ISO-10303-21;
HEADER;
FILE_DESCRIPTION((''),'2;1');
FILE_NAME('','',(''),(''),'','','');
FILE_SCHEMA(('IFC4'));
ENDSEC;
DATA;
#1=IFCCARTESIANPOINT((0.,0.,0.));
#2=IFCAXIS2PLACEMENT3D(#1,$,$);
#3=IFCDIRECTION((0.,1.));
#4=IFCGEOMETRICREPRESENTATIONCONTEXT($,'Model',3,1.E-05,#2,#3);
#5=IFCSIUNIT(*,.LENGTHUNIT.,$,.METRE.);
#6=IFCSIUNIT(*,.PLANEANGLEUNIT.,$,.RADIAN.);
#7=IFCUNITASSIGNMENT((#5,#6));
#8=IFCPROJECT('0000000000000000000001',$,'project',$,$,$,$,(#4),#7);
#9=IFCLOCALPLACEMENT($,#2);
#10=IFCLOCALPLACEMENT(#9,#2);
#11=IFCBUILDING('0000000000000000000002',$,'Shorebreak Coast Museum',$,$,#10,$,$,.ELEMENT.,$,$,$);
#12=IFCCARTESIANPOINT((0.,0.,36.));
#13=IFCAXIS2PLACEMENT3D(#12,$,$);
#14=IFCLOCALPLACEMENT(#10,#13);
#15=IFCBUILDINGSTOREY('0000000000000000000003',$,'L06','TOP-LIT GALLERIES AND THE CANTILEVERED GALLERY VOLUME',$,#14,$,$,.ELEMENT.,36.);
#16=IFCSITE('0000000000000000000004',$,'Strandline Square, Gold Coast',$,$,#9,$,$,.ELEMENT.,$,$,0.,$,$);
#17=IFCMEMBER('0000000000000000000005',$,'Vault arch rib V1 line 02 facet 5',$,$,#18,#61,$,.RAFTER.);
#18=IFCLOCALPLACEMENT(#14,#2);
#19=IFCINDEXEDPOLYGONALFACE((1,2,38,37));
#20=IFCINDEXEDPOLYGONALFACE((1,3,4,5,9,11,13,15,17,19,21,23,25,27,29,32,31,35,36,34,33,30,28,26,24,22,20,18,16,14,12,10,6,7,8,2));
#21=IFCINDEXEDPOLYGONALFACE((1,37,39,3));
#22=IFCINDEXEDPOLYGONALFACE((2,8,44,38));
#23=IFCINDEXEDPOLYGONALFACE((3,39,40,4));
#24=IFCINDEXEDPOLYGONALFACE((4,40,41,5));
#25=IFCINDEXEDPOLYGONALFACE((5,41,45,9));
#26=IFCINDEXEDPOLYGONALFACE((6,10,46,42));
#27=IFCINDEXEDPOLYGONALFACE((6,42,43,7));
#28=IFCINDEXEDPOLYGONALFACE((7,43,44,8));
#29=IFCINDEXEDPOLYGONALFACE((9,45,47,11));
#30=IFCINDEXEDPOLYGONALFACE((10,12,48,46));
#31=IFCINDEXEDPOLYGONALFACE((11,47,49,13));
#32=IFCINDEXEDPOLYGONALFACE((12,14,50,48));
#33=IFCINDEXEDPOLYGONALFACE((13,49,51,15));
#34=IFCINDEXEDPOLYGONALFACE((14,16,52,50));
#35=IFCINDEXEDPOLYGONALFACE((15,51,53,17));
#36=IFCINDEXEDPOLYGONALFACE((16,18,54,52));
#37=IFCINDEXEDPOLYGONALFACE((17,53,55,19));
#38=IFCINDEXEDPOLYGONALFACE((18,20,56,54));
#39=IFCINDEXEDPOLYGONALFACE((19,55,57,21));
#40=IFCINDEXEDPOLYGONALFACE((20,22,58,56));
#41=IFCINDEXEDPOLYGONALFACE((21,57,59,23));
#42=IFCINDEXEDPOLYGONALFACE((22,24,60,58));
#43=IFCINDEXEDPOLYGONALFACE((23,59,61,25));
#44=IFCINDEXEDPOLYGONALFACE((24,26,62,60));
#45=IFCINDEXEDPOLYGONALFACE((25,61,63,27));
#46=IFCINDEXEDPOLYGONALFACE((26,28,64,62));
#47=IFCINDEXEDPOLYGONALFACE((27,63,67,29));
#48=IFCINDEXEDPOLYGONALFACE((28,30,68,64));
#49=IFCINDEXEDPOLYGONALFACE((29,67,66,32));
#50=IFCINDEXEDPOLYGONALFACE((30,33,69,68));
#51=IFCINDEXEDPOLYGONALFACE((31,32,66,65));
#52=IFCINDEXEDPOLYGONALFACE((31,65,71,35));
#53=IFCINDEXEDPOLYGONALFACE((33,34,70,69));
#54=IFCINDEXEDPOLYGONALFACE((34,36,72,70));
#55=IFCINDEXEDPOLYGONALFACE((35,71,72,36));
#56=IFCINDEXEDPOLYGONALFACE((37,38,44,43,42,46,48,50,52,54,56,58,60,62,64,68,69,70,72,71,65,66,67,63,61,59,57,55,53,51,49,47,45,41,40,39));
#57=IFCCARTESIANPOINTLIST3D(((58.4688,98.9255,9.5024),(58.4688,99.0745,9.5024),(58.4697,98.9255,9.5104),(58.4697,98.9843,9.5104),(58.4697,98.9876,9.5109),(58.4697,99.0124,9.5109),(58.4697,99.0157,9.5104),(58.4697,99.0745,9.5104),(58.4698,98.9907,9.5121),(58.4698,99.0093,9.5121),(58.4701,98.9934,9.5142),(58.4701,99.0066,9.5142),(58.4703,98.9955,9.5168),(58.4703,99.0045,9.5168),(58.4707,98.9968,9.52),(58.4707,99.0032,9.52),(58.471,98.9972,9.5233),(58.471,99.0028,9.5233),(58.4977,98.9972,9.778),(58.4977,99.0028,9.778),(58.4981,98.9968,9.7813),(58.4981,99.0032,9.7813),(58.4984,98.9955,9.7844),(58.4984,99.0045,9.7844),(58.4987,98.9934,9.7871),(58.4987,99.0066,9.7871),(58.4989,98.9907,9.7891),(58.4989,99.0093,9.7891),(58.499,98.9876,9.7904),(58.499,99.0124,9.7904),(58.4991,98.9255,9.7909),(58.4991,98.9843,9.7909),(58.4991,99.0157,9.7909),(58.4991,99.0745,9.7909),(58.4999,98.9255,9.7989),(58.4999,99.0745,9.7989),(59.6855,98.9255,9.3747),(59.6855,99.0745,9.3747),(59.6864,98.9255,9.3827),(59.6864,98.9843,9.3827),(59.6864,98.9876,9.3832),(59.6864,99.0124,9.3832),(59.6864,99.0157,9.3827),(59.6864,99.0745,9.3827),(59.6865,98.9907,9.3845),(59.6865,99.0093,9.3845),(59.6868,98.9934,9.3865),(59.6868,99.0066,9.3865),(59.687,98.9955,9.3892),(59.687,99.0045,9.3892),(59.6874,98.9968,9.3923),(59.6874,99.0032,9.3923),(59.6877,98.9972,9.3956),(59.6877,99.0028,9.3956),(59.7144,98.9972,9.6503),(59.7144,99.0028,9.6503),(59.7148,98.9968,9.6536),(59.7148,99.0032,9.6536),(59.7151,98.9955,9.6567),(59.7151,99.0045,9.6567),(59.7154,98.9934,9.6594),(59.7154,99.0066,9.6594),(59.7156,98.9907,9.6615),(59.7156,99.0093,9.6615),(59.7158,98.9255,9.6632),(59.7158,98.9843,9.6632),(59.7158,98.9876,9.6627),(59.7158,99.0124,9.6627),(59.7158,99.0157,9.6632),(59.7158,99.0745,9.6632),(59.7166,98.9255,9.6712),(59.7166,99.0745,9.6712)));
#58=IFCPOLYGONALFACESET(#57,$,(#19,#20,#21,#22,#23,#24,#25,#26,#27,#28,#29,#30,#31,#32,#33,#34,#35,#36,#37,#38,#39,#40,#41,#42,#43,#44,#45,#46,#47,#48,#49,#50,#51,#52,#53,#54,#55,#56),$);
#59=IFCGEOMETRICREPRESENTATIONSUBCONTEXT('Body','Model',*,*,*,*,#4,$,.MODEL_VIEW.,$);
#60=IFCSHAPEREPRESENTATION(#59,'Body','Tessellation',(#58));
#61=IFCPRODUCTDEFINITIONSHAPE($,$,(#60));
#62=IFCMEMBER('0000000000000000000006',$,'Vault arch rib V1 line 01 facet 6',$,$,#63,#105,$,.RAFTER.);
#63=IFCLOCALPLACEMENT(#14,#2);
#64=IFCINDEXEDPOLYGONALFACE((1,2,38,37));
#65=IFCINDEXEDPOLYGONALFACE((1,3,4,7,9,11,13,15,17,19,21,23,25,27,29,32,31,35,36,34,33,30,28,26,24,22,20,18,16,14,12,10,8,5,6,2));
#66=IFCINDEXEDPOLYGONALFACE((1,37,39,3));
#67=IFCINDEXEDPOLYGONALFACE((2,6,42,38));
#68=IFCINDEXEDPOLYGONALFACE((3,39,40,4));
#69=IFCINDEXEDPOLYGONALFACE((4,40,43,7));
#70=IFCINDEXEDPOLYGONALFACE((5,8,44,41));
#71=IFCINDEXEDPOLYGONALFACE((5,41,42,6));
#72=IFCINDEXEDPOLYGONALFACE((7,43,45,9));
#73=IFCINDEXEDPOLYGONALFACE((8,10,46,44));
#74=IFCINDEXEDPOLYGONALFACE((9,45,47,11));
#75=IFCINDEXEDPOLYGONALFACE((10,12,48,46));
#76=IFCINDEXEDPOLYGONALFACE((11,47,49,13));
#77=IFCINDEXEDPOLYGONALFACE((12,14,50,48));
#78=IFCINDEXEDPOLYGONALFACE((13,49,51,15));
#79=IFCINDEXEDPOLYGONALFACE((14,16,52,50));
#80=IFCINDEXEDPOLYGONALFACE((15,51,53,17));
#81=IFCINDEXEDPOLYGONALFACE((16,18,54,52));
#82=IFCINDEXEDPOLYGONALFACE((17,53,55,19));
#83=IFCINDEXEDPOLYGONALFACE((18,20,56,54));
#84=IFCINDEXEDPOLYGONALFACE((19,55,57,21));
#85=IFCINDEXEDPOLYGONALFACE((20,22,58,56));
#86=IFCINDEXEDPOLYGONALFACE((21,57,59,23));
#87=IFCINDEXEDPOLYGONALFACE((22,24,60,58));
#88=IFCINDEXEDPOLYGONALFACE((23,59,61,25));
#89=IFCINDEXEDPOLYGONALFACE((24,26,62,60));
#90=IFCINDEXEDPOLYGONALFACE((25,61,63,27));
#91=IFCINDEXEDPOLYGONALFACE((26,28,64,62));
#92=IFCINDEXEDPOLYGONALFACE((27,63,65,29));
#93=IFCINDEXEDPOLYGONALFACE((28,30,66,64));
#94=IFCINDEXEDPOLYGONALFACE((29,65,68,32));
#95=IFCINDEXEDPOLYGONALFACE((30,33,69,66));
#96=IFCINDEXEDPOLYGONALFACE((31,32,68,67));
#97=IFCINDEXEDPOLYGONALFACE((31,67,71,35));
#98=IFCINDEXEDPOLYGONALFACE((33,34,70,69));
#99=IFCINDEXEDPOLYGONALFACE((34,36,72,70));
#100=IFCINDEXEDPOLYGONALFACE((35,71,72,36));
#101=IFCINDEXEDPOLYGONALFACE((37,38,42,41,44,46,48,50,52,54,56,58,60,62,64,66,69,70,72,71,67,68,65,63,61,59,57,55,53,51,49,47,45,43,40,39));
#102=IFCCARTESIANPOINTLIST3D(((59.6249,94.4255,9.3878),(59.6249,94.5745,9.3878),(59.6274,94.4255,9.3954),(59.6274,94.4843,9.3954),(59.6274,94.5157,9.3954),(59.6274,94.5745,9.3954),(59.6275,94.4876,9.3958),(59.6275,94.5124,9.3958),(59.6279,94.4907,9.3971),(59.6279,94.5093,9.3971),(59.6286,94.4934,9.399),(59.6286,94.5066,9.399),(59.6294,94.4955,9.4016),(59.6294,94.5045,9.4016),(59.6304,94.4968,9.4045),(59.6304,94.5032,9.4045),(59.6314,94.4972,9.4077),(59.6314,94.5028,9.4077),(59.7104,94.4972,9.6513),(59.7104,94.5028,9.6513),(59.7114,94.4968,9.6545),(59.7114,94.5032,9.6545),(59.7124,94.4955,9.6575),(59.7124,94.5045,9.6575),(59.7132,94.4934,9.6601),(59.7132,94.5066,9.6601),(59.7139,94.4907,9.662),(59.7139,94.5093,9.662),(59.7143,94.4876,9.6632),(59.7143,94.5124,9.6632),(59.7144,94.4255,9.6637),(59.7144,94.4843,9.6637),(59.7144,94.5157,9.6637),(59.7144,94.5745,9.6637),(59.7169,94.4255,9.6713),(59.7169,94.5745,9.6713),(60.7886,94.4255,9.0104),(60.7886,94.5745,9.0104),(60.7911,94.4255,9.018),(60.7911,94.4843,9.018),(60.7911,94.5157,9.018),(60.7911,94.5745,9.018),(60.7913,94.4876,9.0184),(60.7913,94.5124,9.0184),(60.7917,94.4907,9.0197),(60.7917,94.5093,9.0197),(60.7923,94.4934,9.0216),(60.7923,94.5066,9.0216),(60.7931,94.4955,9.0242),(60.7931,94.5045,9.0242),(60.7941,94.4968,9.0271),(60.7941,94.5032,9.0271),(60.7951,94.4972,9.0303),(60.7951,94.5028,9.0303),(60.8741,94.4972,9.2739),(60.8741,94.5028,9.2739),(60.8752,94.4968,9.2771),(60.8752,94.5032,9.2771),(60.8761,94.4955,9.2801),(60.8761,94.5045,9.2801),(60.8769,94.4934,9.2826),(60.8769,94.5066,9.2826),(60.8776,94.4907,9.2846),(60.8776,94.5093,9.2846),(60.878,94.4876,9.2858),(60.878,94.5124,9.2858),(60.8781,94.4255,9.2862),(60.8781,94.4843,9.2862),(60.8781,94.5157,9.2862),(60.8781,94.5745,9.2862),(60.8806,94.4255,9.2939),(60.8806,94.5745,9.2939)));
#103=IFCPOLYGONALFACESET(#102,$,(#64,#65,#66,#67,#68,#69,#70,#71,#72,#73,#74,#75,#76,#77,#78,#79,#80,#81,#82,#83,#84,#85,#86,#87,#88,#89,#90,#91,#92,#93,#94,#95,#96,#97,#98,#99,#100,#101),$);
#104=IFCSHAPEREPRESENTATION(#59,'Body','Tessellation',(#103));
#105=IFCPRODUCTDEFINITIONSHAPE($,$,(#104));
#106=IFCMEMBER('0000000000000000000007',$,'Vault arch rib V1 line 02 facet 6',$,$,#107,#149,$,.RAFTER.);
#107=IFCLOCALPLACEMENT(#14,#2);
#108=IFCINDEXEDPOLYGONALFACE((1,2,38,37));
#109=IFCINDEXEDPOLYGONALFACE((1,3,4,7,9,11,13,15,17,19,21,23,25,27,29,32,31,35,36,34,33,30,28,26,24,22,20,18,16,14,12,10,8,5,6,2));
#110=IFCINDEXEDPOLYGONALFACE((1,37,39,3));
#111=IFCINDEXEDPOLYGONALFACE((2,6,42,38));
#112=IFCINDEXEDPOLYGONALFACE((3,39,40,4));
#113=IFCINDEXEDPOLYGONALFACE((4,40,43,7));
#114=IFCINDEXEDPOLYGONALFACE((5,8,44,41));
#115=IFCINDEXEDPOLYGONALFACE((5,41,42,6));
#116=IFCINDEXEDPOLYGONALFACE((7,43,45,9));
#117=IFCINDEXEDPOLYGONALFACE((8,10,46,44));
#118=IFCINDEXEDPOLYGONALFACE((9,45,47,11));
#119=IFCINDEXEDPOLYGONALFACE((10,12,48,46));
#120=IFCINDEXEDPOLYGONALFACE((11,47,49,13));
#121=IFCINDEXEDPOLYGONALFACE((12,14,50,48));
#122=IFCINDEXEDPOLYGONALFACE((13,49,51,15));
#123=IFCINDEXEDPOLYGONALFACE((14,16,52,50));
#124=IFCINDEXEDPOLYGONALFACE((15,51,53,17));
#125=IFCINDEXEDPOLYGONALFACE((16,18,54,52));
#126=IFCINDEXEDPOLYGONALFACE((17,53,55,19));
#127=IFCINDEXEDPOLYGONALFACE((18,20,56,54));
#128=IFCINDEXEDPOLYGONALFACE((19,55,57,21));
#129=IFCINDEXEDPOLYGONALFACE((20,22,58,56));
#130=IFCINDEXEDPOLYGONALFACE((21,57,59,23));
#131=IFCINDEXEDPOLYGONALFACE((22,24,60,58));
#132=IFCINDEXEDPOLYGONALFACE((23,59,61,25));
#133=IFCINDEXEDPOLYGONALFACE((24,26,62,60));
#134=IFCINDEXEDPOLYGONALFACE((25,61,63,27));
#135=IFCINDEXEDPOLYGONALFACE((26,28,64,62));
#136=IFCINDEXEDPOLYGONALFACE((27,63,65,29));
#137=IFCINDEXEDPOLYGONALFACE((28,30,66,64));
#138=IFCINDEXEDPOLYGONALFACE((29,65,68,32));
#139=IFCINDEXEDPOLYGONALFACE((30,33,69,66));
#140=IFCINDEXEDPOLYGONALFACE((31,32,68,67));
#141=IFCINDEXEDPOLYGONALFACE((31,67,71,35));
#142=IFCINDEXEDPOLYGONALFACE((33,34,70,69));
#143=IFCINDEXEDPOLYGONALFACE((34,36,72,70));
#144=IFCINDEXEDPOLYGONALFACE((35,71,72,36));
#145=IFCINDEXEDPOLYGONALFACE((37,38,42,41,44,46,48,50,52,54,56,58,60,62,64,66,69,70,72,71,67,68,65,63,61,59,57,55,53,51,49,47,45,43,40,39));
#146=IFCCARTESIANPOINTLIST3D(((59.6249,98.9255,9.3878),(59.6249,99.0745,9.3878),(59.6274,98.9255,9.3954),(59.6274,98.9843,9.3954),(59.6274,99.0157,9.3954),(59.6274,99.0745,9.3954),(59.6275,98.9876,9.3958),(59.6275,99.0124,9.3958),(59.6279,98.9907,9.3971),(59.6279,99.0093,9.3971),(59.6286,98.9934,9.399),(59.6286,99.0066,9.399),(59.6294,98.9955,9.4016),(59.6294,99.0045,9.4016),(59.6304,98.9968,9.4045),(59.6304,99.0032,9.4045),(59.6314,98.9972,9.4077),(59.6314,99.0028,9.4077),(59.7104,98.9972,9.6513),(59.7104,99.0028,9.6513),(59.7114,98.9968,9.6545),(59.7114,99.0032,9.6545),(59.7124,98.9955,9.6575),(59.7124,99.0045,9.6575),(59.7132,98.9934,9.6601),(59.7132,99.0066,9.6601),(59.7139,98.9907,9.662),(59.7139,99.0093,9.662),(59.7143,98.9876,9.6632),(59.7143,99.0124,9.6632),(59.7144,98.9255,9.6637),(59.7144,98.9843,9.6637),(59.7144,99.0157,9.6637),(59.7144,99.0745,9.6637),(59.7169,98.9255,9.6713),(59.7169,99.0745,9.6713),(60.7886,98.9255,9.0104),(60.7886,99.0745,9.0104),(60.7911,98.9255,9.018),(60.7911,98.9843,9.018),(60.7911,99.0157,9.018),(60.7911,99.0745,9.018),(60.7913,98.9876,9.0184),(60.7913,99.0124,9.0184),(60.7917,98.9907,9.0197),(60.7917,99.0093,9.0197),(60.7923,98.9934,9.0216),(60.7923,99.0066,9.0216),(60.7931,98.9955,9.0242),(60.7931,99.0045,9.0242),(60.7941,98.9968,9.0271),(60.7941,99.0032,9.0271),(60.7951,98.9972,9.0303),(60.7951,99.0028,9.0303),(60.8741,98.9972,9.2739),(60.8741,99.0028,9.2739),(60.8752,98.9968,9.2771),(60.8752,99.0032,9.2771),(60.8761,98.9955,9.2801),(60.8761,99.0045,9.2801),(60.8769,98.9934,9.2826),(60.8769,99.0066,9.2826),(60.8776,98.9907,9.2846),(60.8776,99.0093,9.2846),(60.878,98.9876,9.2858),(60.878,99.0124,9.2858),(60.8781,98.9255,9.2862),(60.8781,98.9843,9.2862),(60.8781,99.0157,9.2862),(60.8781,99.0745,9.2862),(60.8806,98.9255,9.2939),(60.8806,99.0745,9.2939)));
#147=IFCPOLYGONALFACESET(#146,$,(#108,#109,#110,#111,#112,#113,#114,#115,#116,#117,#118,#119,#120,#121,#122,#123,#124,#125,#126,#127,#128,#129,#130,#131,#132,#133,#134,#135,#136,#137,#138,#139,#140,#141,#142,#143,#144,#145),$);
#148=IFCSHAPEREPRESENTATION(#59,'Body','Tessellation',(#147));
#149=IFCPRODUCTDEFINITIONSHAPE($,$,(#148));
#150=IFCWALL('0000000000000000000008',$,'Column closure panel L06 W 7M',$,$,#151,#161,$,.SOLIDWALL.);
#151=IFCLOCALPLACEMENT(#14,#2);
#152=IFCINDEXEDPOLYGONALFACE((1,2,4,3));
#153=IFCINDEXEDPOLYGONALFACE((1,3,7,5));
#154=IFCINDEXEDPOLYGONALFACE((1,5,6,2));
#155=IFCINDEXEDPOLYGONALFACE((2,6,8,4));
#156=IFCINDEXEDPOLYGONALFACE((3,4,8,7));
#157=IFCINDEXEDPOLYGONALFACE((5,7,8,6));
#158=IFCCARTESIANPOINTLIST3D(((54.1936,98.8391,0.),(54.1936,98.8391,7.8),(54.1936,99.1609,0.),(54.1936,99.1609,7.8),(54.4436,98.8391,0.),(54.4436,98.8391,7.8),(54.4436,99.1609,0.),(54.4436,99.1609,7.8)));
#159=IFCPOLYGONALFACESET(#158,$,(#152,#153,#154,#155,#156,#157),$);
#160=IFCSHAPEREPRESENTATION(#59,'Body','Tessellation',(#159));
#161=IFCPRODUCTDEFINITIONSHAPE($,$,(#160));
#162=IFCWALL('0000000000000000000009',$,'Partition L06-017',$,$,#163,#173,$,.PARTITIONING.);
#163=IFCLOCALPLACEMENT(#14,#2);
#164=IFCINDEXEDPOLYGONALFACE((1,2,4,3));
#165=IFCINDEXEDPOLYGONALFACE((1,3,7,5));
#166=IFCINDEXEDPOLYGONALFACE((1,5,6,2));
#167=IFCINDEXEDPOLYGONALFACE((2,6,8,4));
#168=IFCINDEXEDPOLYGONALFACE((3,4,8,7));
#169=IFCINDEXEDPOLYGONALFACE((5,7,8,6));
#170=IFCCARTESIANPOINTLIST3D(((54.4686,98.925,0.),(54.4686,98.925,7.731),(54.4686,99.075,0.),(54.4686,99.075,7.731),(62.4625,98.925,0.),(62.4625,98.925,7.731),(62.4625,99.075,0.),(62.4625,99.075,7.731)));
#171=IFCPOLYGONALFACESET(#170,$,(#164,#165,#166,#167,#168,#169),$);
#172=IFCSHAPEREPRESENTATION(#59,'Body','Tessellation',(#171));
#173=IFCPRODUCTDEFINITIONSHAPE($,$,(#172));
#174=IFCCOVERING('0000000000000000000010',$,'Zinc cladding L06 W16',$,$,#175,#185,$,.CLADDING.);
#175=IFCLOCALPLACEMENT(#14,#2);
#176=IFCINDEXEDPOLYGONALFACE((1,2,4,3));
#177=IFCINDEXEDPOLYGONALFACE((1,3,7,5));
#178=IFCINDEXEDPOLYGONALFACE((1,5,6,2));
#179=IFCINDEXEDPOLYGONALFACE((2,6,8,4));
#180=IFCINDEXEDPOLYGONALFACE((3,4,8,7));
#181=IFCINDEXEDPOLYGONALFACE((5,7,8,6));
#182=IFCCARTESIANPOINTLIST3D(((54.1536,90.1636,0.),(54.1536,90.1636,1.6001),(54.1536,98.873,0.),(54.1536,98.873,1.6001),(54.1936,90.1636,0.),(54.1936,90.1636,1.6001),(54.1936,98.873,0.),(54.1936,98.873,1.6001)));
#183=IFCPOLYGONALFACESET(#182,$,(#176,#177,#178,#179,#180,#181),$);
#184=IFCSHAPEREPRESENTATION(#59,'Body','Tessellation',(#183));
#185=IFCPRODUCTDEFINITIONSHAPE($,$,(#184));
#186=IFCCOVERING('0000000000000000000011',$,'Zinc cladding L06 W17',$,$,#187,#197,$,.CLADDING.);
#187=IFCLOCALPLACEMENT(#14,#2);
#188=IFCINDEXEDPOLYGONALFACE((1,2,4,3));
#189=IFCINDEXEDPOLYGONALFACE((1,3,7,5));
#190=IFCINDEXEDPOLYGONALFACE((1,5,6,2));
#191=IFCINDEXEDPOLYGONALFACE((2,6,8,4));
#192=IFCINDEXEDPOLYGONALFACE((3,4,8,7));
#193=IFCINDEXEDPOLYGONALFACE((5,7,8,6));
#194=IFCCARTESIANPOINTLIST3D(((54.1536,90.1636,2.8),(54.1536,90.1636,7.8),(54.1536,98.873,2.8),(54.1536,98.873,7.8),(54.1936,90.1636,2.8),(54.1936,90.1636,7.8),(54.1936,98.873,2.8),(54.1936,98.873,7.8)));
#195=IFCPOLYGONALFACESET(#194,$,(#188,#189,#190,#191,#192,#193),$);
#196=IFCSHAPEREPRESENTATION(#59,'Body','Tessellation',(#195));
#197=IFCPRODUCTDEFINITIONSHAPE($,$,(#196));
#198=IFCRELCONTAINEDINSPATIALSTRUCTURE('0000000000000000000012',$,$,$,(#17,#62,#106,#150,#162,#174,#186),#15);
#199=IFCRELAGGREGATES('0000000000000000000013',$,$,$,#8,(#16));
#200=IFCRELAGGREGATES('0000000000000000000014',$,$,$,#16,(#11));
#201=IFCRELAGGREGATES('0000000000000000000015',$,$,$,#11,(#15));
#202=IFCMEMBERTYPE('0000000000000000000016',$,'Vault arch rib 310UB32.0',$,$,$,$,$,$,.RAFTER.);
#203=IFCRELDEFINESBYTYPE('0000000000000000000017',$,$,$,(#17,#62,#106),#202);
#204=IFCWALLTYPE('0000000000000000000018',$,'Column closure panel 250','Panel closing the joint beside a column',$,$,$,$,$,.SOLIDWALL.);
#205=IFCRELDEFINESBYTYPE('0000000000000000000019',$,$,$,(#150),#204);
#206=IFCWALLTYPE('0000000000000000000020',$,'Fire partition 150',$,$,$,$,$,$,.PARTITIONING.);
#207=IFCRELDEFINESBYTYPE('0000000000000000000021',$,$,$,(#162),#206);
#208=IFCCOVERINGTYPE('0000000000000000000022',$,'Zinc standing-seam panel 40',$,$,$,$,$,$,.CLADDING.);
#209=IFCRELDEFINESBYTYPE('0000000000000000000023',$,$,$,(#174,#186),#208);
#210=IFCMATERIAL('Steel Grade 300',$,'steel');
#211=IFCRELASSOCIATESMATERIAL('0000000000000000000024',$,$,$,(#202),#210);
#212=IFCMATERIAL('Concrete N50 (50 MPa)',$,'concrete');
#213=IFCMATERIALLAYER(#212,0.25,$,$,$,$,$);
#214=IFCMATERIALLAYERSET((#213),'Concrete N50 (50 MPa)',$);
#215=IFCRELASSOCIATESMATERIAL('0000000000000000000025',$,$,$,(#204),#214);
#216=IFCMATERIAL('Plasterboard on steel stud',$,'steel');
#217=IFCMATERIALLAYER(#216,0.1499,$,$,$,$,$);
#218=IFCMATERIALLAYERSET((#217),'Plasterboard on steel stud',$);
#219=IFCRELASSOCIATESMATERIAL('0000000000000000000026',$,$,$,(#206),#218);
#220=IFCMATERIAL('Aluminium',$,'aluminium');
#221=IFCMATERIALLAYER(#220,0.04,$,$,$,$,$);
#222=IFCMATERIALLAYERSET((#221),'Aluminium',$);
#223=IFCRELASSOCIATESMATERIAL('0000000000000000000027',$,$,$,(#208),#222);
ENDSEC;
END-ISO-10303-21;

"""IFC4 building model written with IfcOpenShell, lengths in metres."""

from ifc_helpers import new_model, si_unit, direction, frame, frame_2d, origin, origin_2d, place, context, subcontext, project, spatial, rectangle, i_section, extrude, material, layer, layer_set, material_profile, profile_set, type_object, element, save


model = new_model("IFC4")

# Units and contexts
model_context = context("Model", 3, precision=1e-05, world=origin(), true_north=direction((0.0, 1.0)))
body_context = subcontext(model_context, "Body", "Model", "MODEL_VIEW")
ifc_project = project(units=[si_unit("LENGTHUNIT", "METRE"), si_unit("PLANEANGLEUNIT", "RADIAN")], contexts=[model_context])

# Site, building, storey
site_placement = place(None, origin())
site = spatial("IfcSite", under=ifc_project, at=site_placement, Name="Strandline Square, Gold Coast", CompositionType="ELEMENT", RefElevation=0.0)
building_placement = place(site_placement, origin())
building = spatial("IfcBuilding", under=site, at=building_placement, Name="Shorebreak Coast Museum", CompositionType="ELEMENT")
storey_placement = place(building_placement, frame((0.0, 0.0, 36.0)))
storey = spatial("IfcBuildingStorey", under=building, at=storey_placement, Name="L06", Description="TOP-LIT GALLERIES AND THE CANTILEVERED GALLERY VOLUME", CompositionType="ELEMENT", Elevation=36.0)

# Members
ifc_material_1 = material(Name="Steel Grade 300", Category="steel")
ifc_material_profile_1 = material_profile(ifc_material_1, i_section(OverallWidth=0.1489, OverallDepth=0.2981, WebThickness=0.0056, FlangeThickness=0.0081, FilletRadius=0.0129, at=origin_2d()), Name="310UB32.0")
ifc_profile_set_1 = profile_set([ifc_material_profile_1], Name="Steel Grade 300")
member_type_1 = type_object("IfcMemberType", Name="Vault arch rib 310UB32.0", PredefinedType="RAFTER", material=ifc_profile_set_1)
for number, where, z_axis, x_axis, name in (
    (1, (58.4844, 99.0, 9.6506), (0.994539, 0.0, -0.104363), (0.0, 1.0, 0.0), "Vault arch rib V1 line 02 facet 5"),
    (2, (59.6709, 94.5, 9.5295), (0.951226, 0.0, -0.308495), (0.0, 1.0, 0.0), "Vault arch rib V1 line 01 facet 6"),
    (3, (59.6709, 99.0, 9.5295), (0.951226, 0.0, -0.308495), (0.0, 1.0, 0.0), "Vault arch rib V1 line 02 facet 6"),
):
    element("IfcMember", number, at=place(storey_placement, frame(where, z_axis=z_axis, x_axis=x_axis)), inside=storey, type_object=member_type_1, Name=name, PredefinedType="RAFTER", context=body_context, shape_type="SweptSolid", body=[
        extrude(i_section(OverallWidth=0.1489, OverallDepth=0.2981, WebThickness=0.0056, FlangeThickness=0.0081, FilletRadius=0.0129, at=origin_2d()), origin(), (0.0, 0.0, 1.0), 1.2234),
    ])

# Walls
ifc_material_2 = material(Name="Concrete N50 (50 MPa)", Category="concrete")
ifc_layer_1 = layer(ifc_material_2, 0.25)
ifc_layer_set_1 = layer_set([ifc_layer_1], Name="Concrete N50 (50 MPa)")
wall_type_1 = type_object("IfcWallType", Name="Column closure panel 250", Description="Panel closing the joint beside a column", PredefinedType="SOLIDWALL", material=ifc_layer_set_1)
wall_1_placement = place(storey_placement, frame((54.3186, 98.8391, 0.0), z_axis=(0.0, 0.0, 1.0), x_axis=(0.0, 1.0, 0.0)))
element("IfcWall", 4, at=wall_1_placement, inside=storey, type_object=wall_type_1, Name="Column closure panel L06 W 7M", PredefinedType="SOLIDWALL", context=body_context, shape_type="SweptSolid", body=[
    extrude(rectangle(XDim=0.3218, YDim=0.25, at=frame_2d((0.1609, 0.0))), origin(), (0.0, 0.0, 1.0), 7.8),
])
ifc_material_3 = material(Name="Plasterboard on steel stud", Category="steel")
ifc_layer_2 = layer(ifc_material_3, 0.1499)
ifc_layer_set_2 = layer_set([ifc_layer_2], Name="Plasterboard on steel stud")
wall_type_2 = type_object("IfcWallType", Name="Fire partition 150", PredefinedType="PARTITIONING", material=ifc_layer_set_2)
wall_2_placement = place(storey_placement, frame((54.4685, 99.0, 0.0), z_axis=(0.0, 0.0, 1.0), x_axis=(1.0, 0.0, 0.0)))
element("IfcWall", 5, at=wall_2_placement, inside=storey, type_object=wall_type_2, Name="Partition L06-017", PredefinedType="PARTITIONING", context=body_context, shape_type="SweptSolid", body=[
    extrude(rectangle(XDim=7.9939, YDim=0.1499, at=frame_2d((3.9971, 0.0))), origin(), (0.0, 0.0, 1.0), 7.731),
])

# Coverings
ifc_material_4 = material(Name="Aluminium", Category="aluminium")
ifc_layer_3 = layer(ifc_material_4, 0.04)
ifc_layer_set_3 = layer_set([ifc_layer_3], Name="Aluminium")
covering_type = type_object("IfcCoveringType", Name="Zinc standing-seam panel 40", PredefinedType="CLADDING", material=ifc_layer_set_3)
covering_1_placement = place(storey_placement, frame((54.1736, 94.5183, 0.0), z_axis=(0.0, 0.0, 1.0), x_axis=(1.0, 0.0, 0.0)))
element("IfcCovering", 6, at=covering_1_placement, inside=storey, type_object=covering_type, Name="Zinc cladding L06 W16", PredefinedType="CLADDING", context=body_context, shape_type="SweptSolid", body=[
    extrude(rectangle(XDim=0.04, YDim=8.7095, at=origin_2d()), origin(), (0.0, 0.0, 1.0), 1.6001),
])
covering_2_placement = place(storey_placement, frame((54.1736, 94.5183, 2.8), z_axis=(0.0, 0.0, 1.0), x_axis=(1.0, 0.0, 0.0)))
element("IfcCovering", 7, at=covering_2_placement, inside=storey, type_object=covering_type, Name="Zinc cladding L06 W17", PredefinedType="CLADDING", context=body_context, shape_type="SweptSolid", body=[
    extrude(rectangle(XDim=0.04, YDim=8.7095, at=origin_2d()), origin(), (0.0, 0.0, 1.0), 5.0),
])

save(model, "model.ifc")
